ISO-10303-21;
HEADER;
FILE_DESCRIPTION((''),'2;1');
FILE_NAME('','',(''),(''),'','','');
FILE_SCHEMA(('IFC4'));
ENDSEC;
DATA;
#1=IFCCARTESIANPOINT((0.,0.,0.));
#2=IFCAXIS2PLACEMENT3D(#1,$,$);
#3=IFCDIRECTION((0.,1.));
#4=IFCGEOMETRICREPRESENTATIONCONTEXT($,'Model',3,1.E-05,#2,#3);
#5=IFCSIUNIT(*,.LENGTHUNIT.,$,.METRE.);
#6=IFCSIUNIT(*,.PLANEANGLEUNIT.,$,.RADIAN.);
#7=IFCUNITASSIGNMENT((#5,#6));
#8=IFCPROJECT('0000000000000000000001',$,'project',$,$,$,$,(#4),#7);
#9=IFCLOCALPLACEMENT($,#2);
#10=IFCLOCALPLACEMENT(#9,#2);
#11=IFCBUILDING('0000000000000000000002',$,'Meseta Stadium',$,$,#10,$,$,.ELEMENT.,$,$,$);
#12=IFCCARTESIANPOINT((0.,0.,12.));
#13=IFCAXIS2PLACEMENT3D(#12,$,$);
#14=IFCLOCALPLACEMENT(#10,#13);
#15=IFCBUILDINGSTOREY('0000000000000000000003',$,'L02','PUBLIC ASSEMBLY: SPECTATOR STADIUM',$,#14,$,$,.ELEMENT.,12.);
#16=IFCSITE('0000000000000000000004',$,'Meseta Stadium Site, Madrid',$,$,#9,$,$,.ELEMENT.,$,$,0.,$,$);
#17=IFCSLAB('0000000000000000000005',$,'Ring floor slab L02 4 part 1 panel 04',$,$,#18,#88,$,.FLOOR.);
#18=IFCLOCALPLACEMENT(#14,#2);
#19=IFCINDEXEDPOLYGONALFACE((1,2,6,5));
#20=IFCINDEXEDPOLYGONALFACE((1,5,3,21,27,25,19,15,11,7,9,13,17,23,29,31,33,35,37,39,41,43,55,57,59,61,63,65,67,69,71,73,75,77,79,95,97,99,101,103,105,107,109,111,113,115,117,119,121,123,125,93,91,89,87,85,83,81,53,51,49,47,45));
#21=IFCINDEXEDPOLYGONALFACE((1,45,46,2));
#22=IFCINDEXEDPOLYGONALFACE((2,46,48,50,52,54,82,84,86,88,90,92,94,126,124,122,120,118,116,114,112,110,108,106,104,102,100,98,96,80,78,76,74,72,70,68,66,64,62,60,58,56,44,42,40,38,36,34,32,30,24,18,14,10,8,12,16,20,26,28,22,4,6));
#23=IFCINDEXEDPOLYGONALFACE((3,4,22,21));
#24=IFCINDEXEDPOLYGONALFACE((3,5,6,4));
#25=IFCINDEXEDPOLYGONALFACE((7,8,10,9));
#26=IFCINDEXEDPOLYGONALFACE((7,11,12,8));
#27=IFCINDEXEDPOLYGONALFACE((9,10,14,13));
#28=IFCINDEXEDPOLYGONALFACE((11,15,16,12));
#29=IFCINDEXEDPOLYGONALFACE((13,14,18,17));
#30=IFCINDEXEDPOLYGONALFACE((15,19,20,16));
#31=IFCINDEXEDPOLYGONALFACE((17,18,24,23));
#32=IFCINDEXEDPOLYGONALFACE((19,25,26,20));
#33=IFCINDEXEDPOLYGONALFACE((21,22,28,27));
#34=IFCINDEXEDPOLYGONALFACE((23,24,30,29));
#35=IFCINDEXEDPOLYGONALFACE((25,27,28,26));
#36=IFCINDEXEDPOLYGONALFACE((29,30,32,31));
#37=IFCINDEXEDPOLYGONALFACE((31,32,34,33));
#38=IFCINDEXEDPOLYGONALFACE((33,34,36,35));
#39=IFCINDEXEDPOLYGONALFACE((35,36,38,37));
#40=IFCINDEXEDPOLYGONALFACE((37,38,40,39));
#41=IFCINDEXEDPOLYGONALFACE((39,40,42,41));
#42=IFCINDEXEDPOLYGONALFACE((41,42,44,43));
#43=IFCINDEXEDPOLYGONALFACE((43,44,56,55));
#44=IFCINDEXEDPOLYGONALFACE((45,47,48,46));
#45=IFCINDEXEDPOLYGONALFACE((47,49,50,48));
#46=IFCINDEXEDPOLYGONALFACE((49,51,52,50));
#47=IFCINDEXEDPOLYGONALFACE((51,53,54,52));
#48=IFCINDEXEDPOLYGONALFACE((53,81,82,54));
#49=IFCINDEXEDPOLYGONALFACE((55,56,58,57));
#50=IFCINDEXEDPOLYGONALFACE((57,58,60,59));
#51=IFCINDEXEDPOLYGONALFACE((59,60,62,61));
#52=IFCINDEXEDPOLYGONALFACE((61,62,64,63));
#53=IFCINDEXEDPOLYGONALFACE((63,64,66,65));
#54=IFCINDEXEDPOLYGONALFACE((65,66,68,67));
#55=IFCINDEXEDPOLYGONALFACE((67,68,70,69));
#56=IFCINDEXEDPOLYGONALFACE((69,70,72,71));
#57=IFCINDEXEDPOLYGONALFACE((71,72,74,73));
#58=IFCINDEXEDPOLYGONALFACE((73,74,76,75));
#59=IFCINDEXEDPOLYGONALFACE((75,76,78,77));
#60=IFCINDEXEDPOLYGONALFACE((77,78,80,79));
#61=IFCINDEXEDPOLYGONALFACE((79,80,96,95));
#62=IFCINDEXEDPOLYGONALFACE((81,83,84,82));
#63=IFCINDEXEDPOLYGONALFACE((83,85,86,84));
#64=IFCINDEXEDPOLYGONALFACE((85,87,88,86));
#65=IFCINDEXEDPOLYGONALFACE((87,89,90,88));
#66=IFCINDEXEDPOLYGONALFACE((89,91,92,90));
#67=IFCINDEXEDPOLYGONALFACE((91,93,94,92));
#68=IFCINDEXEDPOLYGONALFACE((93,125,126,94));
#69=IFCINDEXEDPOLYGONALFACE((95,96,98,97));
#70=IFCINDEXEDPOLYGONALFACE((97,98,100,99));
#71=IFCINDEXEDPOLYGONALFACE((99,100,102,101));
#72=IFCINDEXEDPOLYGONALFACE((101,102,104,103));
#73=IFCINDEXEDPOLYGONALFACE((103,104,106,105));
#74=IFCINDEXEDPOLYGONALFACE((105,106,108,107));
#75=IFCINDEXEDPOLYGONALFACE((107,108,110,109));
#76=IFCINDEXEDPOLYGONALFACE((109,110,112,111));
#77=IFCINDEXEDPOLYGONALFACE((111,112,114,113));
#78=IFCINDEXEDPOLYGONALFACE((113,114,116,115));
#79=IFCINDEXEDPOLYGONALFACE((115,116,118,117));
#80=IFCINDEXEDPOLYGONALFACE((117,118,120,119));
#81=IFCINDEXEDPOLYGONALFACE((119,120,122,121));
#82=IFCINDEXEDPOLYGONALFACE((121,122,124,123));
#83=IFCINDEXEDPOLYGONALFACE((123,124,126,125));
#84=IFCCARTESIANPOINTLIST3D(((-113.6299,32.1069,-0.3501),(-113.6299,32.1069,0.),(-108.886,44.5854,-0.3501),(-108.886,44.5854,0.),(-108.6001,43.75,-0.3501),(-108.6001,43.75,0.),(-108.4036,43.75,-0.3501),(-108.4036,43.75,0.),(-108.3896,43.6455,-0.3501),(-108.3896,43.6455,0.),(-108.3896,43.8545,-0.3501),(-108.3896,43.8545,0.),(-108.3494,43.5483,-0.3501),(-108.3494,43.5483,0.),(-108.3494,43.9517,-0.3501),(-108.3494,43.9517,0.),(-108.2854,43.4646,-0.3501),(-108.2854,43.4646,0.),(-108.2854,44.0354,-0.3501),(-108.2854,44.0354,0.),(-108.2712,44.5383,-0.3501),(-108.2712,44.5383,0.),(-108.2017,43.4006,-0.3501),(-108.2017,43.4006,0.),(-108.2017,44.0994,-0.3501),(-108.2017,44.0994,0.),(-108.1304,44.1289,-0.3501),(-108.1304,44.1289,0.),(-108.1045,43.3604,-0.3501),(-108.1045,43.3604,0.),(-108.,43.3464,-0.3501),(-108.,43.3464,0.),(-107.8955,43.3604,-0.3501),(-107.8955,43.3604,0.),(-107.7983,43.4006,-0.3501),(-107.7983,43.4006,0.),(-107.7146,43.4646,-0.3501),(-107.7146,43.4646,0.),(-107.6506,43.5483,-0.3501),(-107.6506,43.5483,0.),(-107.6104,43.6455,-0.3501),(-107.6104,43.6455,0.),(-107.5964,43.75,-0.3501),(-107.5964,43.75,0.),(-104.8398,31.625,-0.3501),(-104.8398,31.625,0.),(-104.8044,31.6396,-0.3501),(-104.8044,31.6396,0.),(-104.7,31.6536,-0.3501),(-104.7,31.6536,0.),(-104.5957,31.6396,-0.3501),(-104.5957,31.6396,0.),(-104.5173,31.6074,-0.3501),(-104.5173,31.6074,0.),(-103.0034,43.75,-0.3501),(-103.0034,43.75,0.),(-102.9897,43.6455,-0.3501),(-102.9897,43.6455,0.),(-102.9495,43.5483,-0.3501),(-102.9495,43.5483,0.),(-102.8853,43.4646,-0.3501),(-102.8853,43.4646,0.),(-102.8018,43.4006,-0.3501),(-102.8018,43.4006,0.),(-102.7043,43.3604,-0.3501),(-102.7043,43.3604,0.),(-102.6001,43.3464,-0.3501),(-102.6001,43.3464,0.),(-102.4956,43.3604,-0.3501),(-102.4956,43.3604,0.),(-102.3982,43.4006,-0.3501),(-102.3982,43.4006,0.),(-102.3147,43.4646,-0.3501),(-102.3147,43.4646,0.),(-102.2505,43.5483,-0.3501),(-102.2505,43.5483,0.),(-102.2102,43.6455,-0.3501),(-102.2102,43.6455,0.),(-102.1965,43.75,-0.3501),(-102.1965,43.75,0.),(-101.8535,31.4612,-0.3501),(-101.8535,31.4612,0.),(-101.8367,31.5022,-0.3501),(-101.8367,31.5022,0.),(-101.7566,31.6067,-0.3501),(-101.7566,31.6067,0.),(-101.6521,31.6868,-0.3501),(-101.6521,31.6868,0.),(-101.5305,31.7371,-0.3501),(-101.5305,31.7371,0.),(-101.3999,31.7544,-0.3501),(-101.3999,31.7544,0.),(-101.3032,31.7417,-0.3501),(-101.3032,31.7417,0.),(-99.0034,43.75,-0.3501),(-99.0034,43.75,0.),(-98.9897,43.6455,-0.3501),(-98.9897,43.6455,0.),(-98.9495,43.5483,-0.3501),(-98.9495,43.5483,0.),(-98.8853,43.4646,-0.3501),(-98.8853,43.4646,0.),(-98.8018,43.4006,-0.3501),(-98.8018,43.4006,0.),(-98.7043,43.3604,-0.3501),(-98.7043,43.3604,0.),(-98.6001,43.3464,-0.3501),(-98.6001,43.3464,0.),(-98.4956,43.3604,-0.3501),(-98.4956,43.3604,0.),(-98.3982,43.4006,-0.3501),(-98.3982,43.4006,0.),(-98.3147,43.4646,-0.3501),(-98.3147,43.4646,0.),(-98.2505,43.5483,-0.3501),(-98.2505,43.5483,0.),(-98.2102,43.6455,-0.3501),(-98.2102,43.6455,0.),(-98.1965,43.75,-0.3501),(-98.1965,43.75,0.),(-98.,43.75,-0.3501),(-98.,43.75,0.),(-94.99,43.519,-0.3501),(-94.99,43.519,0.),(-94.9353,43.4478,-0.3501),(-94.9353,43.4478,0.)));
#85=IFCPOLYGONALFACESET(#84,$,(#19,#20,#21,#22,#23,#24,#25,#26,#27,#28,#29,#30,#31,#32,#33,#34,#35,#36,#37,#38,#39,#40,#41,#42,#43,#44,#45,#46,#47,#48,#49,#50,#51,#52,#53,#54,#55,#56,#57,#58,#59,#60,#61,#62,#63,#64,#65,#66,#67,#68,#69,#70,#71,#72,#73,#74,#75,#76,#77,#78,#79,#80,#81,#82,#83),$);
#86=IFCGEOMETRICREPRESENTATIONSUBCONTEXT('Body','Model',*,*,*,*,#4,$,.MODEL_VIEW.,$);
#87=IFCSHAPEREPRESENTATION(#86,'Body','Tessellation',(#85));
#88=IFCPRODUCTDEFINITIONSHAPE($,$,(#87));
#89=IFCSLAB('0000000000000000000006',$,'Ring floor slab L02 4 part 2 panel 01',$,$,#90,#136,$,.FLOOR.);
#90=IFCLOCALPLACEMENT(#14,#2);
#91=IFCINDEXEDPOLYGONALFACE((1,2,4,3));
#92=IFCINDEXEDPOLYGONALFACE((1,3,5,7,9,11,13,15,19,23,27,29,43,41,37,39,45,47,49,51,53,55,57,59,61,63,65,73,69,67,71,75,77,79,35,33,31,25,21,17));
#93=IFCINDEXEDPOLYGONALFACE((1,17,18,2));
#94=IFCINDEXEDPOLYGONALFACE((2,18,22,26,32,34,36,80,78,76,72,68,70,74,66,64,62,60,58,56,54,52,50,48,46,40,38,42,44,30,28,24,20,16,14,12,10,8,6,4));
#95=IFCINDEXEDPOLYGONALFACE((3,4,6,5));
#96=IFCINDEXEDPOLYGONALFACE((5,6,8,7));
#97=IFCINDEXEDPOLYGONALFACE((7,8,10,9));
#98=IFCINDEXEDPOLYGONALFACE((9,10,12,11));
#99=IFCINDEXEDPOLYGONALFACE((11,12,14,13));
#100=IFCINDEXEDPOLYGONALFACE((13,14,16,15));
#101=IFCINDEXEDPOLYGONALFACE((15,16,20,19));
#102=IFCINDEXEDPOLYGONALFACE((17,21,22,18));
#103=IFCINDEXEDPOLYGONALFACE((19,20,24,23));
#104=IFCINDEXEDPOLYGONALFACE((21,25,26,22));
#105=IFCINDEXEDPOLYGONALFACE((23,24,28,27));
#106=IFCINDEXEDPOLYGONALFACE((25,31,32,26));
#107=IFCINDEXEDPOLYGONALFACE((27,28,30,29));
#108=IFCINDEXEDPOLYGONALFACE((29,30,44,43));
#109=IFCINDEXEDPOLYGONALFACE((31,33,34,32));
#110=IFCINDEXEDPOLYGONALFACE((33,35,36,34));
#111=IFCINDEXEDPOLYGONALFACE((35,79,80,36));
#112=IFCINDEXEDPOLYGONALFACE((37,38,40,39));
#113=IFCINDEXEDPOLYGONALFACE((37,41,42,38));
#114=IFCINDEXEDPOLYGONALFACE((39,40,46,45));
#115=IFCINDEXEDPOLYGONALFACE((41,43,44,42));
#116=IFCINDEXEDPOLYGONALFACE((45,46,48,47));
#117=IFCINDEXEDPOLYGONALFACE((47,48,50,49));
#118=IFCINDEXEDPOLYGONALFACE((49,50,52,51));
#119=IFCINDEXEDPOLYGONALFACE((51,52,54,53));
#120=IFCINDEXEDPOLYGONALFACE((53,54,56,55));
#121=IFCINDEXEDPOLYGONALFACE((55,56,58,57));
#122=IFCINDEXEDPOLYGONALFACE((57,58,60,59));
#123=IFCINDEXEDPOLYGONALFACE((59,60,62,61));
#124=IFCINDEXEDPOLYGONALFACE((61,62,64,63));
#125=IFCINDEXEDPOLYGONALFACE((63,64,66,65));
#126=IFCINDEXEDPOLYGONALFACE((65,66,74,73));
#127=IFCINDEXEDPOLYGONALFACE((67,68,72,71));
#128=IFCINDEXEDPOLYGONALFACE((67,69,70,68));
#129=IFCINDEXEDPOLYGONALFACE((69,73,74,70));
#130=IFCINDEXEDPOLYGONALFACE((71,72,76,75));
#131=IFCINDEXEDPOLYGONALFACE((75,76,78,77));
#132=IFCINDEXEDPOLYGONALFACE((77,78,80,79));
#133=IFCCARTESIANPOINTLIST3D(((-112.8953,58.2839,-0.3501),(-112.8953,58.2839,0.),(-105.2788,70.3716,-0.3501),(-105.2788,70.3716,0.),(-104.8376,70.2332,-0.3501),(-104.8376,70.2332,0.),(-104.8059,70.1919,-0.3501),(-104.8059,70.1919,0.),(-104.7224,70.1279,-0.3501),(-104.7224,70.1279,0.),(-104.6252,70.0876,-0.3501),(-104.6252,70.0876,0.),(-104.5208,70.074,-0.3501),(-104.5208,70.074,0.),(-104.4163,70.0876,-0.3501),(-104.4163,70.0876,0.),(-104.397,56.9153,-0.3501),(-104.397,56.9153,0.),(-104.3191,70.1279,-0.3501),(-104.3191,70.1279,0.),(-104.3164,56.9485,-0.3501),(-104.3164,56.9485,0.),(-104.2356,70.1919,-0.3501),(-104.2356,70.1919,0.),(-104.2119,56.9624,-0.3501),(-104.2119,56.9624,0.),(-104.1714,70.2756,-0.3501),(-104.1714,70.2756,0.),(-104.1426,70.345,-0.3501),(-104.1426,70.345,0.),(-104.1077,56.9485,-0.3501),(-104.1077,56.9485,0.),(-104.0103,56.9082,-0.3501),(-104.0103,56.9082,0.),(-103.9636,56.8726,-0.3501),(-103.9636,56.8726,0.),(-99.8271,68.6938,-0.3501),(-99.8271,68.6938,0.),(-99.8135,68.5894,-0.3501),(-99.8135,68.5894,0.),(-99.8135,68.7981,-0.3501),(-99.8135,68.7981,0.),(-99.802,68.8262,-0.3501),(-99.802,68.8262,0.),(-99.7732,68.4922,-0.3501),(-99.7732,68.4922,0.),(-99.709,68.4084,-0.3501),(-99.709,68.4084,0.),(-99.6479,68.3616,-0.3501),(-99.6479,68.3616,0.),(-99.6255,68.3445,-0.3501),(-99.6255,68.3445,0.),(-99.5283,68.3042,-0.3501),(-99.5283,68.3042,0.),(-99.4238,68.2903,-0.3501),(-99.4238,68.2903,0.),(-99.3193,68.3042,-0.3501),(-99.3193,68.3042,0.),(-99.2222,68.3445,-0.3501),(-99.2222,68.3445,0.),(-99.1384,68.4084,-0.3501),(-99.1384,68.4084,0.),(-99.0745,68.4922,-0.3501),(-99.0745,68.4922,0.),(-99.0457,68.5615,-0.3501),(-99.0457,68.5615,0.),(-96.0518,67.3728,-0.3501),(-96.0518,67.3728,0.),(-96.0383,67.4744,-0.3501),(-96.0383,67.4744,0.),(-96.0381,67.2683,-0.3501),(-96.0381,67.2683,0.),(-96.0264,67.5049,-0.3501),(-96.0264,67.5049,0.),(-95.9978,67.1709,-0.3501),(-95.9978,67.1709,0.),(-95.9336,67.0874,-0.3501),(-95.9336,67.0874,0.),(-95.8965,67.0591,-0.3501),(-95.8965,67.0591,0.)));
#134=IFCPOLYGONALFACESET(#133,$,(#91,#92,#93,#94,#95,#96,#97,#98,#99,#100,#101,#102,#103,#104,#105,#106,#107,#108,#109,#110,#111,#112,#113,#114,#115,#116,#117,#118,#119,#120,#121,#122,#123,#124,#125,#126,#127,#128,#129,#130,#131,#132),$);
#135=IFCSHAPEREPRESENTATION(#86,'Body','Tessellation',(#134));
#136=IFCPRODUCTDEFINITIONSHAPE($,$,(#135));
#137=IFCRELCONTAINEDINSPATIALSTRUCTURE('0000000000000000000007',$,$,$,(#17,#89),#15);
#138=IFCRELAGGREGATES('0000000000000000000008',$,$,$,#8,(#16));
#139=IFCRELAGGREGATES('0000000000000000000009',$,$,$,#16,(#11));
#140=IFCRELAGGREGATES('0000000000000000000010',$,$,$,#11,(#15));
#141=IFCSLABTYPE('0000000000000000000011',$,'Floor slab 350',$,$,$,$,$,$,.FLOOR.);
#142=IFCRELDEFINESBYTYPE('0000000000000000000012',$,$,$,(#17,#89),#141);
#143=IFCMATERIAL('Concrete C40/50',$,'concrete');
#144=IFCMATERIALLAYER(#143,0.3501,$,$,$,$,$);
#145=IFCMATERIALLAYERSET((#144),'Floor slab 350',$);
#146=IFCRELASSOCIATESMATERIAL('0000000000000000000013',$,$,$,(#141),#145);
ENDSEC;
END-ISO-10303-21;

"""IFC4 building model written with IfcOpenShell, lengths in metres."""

from ifc_helpers import new_model, si_unit, direction, frame, origin, place, context, subcontext, project, spatial, polyline, outline, extrude, material, layer, layer_set, type_object, element, save


model = new_model("IFC4")

# Units and contexts
model_context = context("Model", 3, precision=1e-05, world=origin(), true_north=direction((0.0, 1.0)))
body_context = subcontext(model_context, "Body", "Model", "MODEL_VIEW")
ifc_project = project(units=[si_unit("LENGTHUNIT", "METRE"), si_unit("PLANEANGLEUNIT", "RADIAN")], contexts=[model_context])

# Site, building, storey
site_placement = place(None, origin())
site = spatial("IfcSite", under=ifc_project, at=site_placement, Name="Meseta Stadium Site, Madrid", CompositionType="ELEMENT", RefElevation=0.0)
building_placement = place(site_placement, origin())
building = spatial("IfcBuilding", under=site, at=building_placement, Name="Meseta Stadium", CompositionType="ELEMENT")
storey_placement = place(building_placement, frame((0.0, 0.0, 12.0)))
storey = spatial("IfcBuildingStorey", under=building, at=storey_placement, Name="L02", Description="PUBLIC ASSEMBLY: SPECTATOR STADIUM", CompositionType="ELEMENT", Elevation=12.0)

# Slabs
ifc_material_1 = material(Name="Concrete C40/50", Category="concrete")
ifc_layer_1 = layer(ifc_material_1, 0.3501)
ifc_layer_set_1 = layer_set([ifc_layer_1], Name="Floor slab 350")
slab_type_1 = type_object("IfcSlabType", Name="Floor slab 350", PredefinedType="FLOOR", material=ifc_layer_set_1)
slab_1_placement = place(storey_placement, frame((0.0, 0.0, -0.3501)))
element("IfcSlab", 1, at=slab_1_placement, inside=storey, type_object=slab_type_1, Name="Ring floor slab L02 4 part 1 panel 04", PredefinedType="FLOOR", context=body_context, shape_type="SweptSolid", body=[
    extrude(outline(polyline([(-108.3896, 43.8545), (-108.3494, 43.9517), (-108.2854, 44.0354), (-108.2017, 44.0994), (-108.1304, 44.1289), (-108.2712, 44.5383), (-108.886, 44.5854), (-108.6001, 43.75), (-113.6299, 32.1069), (-104.8398, 31.625), (-104.8044, 31.6396), (-104.7, 31.6536), (-104.5957, 31.6396), (-104.5173, 31.6074), (-101.8535, 31.4612), (-101.8367, 31.5022), (-101.7566, 31.6067), (-101.6521, 31.6868), (-101.5305, 31.7371), (-101.3999, 31.7544), (-101.3032, 31.7417), (-94.9353, 43.4478), (-94.99, 43.519), (-98.0, 43.75), (-98.1965, 43.75), (-98.2102, 43.6455), (-98.2505, 43.5483), (-98.3147, 43.4646), (-98.3982, 43.4006), (-98.4956, 43.3604), (-98.6001, 43.3464), (-98.7043, 43.3604), (-98.8018, 43.4006), (-98.8853, 43.4646), (-98.9495, 43.5483), (-98.9897, 43.6455), (-99.0034, 43.75), (-102.1965, 43.75), (-102.2102, 43.6455), (-102.2505, 43.5483), (-102.3147, 43.4646), (-102.3982, 43.4006), (-102.4956, 43.3604), (-102.6001, 43.3464), (-102.7043, 43.3604), (-102.8018, 43.4006), (-102.8853, 43.4646), (-102.9495, 43.5483), (-102.9897, 43.6455), (-103.0034, 43.75), (-107.5964, 43.75), (-107.6104, 43.6455), (-107.6506, 43.5483), (-107.7146, 43.4646), (-107.7983, 43.4006), (-107.8955, 43.3604), (-108.0, 43.3464), (-108.1045, 43.3604), (-108.2017, 43.4006), (-108.2854, 43.4646), (-108.3494, 43.5483), (-108.3896, 43.6455), (-108.4036, 43.75), (-108.3896, 43.8545)])), origin(), (0.0, 0.0, 1.0), 0.3501),
])
slab_2_placement = place(storey_placement, frame((0.0, 0.0, -0.3501)))
element("IfcSlab", 2, at=slab_2_placement, inside=storey, type_object=slab_type_1, Name="Ring floor slab L02 4 part 2 panel 01", PredefinedType="FLOOR", context=body_context, shape_type="SweptSolid", body=[
    extrude(outline(polyline([(-104.2356, 70.1919), (-104.3191, 70.1279), (-104.4163, 70.0876), (-104.5208, 70.074), (-104.6252, 70.0876), (-104.7224, 70.1279), (-104.8059, 70.1919), (-104.8376, 70.2332), (-105.2788, 70.3716), (-112.8953, 58.2839), (-104.397, 56.9153), (-104.3164, 56.9485), (-104.2119, 56.9624), (-104.1077, 56.9485), (-104.0103, 56.9082), (-103.9636, 56.8726), (-95.8965, 67.0591), (-95.9336, 67.0874), (-95.9978, 67.1709), (-96.0381, 67.2683), (-96.0518, 67.3728), (-96.0383, 67.4744), (-96.0264, 67.5049), (-99.0457, 68.5615), (-99.0745, 68.4922), (-99.1384, 68.4084), (-99.2222, 68.3445), (-99.3193, 68.3042), (-99.4238, 68.2903), (-99.5283, 68.3042), (-99.6255, 68.3445), (-99.6479, 68.3616), (-99.709, 68.4084), (-99.7732, 68.4922), (-99.8135, 68.5894), (-99.8271, 68.6938), (-99.8135, 68.7981), (-99.802, 68.8262), (-104.1426, 70.345), (-104.1714, 70.2756), (-104.2356, 70.1919)])), origin(), (0.0, 0.0, 1.0), 0.3501),
])

save(model, "model.ifc")
